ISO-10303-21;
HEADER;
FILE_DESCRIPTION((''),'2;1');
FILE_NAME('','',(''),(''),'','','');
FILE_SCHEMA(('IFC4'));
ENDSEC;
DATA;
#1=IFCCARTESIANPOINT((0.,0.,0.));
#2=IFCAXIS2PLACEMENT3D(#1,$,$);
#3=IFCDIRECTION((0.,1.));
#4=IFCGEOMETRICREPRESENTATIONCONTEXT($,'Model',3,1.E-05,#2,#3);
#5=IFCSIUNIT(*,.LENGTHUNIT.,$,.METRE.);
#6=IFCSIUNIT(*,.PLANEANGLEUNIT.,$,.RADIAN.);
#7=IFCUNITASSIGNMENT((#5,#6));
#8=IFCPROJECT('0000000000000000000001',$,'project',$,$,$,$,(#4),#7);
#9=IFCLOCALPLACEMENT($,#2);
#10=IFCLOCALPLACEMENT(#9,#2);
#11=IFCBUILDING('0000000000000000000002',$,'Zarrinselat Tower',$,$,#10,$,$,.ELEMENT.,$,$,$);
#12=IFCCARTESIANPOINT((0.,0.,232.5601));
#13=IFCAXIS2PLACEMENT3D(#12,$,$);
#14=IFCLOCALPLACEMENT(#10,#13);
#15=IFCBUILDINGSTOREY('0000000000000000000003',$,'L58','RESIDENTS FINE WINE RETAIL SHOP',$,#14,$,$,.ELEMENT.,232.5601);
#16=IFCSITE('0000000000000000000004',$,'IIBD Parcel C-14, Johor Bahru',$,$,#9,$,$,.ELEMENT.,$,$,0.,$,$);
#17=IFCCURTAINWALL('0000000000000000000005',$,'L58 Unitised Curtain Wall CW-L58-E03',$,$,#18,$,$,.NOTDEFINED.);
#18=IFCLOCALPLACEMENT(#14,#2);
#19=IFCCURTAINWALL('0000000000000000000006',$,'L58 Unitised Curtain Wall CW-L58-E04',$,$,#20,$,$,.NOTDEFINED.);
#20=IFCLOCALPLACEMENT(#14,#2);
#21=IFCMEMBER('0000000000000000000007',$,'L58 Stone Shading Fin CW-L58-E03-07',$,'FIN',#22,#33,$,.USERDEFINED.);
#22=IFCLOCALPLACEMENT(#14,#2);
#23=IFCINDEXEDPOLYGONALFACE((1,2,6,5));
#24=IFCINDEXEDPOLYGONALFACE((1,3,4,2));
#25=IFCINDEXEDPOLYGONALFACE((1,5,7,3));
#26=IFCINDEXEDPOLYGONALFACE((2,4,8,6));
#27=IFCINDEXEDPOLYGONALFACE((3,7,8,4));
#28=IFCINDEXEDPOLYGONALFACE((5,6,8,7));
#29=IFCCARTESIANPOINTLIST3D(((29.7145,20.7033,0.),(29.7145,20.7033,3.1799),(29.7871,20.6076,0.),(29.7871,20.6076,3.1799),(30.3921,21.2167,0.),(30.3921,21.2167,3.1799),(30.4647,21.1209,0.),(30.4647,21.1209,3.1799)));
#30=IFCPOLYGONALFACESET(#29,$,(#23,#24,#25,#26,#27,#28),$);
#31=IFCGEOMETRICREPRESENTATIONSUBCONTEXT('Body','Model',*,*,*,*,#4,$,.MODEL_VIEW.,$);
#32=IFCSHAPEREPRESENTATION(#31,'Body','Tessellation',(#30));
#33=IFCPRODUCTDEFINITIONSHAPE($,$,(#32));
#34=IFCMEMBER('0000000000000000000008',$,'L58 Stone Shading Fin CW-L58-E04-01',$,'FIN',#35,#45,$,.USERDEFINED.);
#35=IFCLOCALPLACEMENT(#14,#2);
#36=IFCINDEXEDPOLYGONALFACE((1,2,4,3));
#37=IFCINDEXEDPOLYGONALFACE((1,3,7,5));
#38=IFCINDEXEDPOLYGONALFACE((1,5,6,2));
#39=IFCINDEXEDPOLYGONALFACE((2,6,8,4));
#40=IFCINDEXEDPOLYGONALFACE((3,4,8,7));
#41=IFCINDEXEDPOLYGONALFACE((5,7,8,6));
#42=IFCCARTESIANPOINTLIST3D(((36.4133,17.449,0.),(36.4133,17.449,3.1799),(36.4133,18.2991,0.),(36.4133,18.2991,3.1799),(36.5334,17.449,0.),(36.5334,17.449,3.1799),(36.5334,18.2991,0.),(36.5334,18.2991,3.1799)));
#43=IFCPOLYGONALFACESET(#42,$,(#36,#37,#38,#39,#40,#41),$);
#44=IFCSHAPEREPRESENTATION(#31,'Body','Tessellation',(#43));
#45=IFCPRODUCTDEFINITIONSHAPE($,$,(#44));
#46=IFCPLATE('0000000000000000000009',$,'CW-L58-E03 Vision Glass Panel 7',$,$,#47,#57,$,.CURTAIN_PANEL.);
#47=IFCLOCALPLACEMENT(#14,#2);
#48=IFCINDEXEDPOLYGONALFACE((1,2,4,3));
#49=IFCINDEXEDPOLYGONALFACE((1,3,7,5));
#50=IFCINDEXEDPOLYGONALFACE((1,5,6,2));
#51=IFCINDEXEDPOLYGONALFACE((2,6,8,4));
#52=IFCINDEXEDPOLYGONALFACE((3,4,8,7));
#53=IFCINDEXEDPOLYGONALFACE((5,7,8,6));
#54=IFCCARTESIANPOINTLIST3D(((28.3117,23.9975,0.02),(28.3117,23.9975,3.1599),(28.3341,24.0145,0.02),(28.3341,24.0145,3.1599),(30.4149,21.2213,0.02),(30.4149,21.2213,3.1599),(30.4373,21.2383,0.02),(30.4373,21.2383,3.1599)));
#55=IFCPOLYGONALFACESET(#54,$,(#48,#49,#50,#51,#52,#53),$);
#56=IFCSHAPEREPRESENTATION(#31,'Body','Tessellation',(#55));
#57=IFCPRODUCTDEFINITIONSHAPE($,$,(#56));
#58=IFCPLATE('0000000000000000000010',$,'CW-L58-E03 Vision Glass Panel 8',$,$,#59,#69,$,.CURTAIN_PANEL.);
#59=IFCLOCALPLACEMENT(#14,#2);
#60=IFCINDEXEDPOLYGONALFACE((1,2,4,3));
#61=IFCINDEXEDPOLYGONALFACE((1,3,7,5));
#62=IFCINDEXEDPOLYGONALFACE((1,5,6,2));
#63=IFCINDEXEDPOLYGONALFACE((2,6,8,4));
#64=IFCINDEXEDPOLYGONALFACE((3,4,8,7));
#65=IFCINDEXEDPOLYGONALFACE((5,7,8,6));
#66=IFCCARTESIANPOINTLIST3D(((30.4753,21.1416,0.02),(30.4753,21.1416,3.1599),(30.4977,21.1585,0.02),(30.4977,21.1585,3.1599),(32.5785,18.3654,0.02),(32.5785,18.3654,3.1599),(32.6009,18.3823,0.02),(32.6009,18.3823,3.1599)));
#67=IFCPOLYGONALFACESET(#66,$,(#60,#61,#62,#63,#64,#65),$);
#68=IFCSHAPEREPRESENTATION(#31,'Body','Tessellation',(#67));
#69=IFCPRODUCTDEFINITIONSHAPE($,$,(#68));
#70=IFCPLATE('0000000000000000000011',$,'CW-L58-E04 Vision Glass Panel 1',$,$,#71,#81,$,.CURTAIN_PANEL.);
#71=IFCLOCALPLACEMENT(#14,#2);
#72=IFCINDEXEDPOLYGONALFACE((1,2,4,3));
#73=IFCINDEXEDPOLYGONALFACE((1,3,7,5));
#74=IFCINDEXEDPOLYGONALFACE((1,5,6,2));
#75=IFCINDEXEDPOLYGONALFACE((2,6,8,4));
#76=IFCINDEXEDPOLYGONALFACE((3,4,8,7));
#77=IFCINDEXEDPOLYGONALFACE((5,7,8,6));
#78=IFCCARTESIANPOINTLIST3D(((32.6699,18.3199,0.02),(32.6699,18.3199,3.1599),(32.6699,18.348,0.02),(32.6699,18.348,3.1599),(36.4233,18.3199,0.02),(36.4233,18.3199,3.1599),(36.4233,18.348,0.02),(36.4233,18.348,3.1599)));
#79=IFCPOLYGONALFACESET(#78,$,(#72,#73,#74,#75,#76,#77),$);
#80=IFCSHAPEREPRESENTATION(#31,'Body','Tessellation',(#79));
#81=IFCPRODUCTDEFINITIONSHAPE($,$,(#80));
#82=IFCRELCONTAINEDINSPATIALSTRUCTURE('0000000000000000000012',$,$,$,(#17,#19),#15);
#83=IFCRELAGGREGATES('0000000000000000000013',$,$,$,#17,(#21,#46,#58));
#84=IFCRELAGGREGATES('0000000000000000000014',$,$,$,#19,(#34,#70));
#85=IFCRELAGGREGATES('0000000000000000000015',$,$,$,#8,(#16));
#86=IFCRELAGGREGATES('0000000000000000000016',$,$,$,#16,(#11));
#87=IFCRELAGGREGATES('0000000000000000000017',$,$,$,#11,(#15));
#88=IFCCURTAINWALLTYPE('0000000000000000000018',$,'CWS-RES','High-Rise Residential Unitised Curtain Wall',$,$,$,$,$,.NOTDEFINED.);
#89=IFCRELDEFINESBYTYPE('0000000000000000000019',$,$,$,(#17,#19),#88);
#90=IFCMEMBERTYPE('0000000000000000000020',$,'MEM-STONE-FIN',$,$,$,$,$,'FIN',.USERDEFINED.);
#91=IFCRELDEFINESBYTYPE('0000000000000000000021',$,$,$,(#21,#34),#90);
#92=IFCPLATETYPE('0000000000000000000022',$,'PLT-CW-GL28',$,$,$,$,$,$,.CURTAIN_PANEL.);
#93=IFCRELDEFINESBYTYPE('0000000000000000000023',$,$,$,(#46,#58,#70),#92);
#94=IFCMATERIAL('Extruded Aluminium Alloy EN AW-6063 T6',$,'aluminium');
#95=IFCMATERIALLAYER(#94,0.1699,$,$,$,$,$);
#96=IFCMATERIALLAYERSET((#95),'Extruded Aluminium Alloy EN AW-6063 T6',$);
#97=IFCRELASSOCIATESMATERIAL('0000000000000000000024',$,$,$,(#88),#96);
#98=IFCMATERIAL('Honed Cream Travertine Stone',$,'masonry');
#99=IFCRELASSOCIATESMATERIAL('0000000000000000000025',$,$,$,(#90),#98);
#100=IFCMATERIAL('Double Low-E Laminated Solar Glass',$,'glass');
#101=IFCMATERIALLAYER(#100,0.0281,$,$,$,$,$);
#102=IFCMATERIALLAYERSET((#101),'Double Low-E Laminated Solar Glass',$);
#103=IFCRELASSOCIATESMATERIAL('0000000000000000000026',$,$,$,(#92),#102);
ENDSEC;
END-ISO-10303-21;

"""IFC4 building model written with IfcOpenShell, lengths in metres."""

from ifc_helpers import new_model, si_unit, direction, frame, origin, origin_2d, place, context, subcontext, project, spatial, rectangle, extrude, material, layer, layer_set, material_profile, profile_set, type_object, element, aggregate, save


model = new_model("IFC4")

# Units and contexts
model_context = context("Model", 3, precision=1e-05, world=origin(), true_north=direction((0.0, 1.0)))
body_context = subcontext(model_context, "Body", "Model", "MODEL_VIEW")
ifc_project = project(units=[si_unit("LENGTHUNIT", "METRE"), si_unit("PLANEANGLEUNIT", "RADIAN")], contexts=[model_context])

# Site, building, storey
site_placement = place(None, origin())
site = spatial("IfcSite", under=ifc_project, at=site_placement, Name="IIBD Parcel C-14, Johor Bahru", CompositionType="ELEMENT", RefElevation=0.0)
building_placement = place(site_placement, origin())
building = spatial("IfcBuilding", under=site, at=building_placement, Name="Zarrinselat Tower", CompositionType="ELEMENT")
storey_placement = place(building_placement, frame((0.0, 0.0, 232.5601)))
storey = spatial("IfcBuildingStorey", under=building, at=storey_placement, Name="L58", Description="RESIDENTS FINE WINE RETAIL SHOP", CompositionType="ELEMENT", Elevation=232.5601)

# Curtain walls
ifc_material_1 = material(Name="Extruded Aluminium Alloy EN AW-6063 T6", Category="aluminium")
ifc_layer_1 = layer(ifc_material_1, 0.1699)
ifc_layer_set_1 = layer_set([ifc_layer_1], Name="Extruded Aluminium Alloy EN AW-6063 T6")
curtain_wall_type = type_object("IfcCurtainWallType", Name="CWS-RES", Description="High-Rise Residential Unitised Curtain Wall", PredefinedType="NOTDEFINED", material=ifc_layer_set_1)
curtain_wall_1_placement = place(storey_placement, origin())
curtain_wall_1 = element("IfcCurtainWall", 1, at=curtain_wall_1_placement, inside=storey, type_object=curtain_wall_type, Name="L58 Unitised Curtain Wall CW-L58-E03", PredefinedType="NOTDEFINED")
curtain_wall_2_placement = place(storey_placement, origin())
curtain_wall_2 = element("IfcCurtainWall", 2, at=curtain_wall_2_placement, inside=storey, type_object=curtain_wall_type, Name="L58 Unitised Curtain Wall CW-L58-E04", PredefinedType="NOTDEFINED")

# Members
ifc_material_2 = material(Name="Honed Cream Travertine Stone", Category="masonry")
ifc_material_profile_1 = material_profile(ifc_material_2, rectangle(XDim=0.1201, YDim=0.8501, at=origin_2d()), Name="FIN 850x120")
ifc_profile_set_1 = profile_set([ifc_material_profile_1], Name="Honed Cream Travertine Stone")
member_type_1 = type_object("IfcMemberType", Name="MEM-STONE-FIN", ElementType="FIN", PredefinedType="USERDEFINED", material=ifc_profile_set_1)
member_1_placement = place(storey_placement, frame((30.0896, 20.9121, 0.0), z_axis=(0.0, 0.0, 1.0), x_axis=(-0.603857, 0.797092, 0.0)))
member_1 = element("IfcMember", 3, at=member_1_placement, type_object=member_type_1, Name="L58 Stone Shading Fin CW-L58-E03-07", ObjectType="FIN", PredefinedType="USERDEFINED", context=body_context, shape_type="SweptSolid", body=[
    extrude(rectangle(XDim=0.1201, YDim=0.8501, at=origin_2d()), origin(), (0.0, 0.0, 1.0), 3.1799),
])
member_2_placement = place(storey_placement, frame((36.4734, 17.874, 0.0), z_axis=(0.0, 0.0, 1.0), x_axis=(-1.0, 0.0, 0.0)))
member_2 = element("IfcMember", 4, at=member_2_placement, type_object=member_type_1, Name="L58 Stone Shading Fin CW-L58-E04-01", ObjectType="FIN", PredefinedType="USERDEFINED", context=body_context, shape_type="SweptSolid", body=[
    extrude(rectangle(XDim=0.1201, YDim=0.8501, at=origin_2d()), origin(), (0.0, 0.0, 1.0), 3.1799),
])

# Plates
ifc_material_3 = material(Name="Double Low-E Laminated Solar Glass", Category="glass")
ifc_layer_2 = layer(ifc_material_3, 0.0281)
ifc_layer_set_2 = layer_set([ifc_layer_2], Name="Double Low-E Laminated Solar Glass")
plate_type = type_object("IfcPlateType", Name="PLT-CW-GL28", PredefinedType="CURTAIN_PANEL", material=ifc_layer_set_2)
plate_1_placement = place(storey_placement, frame((29.3745, 22.6179, 0.02), z_axis=(0.0, 0.0, 1.0), x_axis=(0.603857, -0.797092, 0.0)))
plate_1 = element("IfcPlate", 5, at=plate_1_placement, type_object=plate_type, Name="CW-L58-E03 Vision Glass Panel 7", PredefinedType="CURTAIN_PANEL", context=body_context, shape_type="SweptSolid", body=[
    extrude(rectangle(XDim=3.4829, YDim=0.0281, at=origin_2d()), origin(), (0.0, 0.0, 1.0), 3.1399),
])
plate_2_placement = place(storey_placement, frame((31.5381, 19.762, 0.02), z_axis=(0.0, 0.0, 1.0), x_axis=(0.603857, -0.797092, 0.0)))
plate_2 = element("IfcPlate", 6, at=plate_2_placement, type_object=plate_type, Name="CW-L58-E03 Vision Glass Panel 8", PredefinedType="CURTAIN_PANEL", context=body_context, shape_type="SweptSolid", body=[
    extrude(rectangle(XDim=3.4829, YDim=0.0281, at=origin_2d()), origin(), (0.0, 0.0, 1.0), 3.1399),
])
aggregate(curtain_wall_1, [member_1, plate_1, plate_2])
plate_3_placement = place(storey_placement, frame((34.5466, 18.334, 0.02), z_axis=(0.0, 0.0, 1.0), x_axis=(1.0, 0.0, 0.0)))
plate_3 = element("IfcPlate", 7, at=plate_3_placement, type_object=plate_type, Name="CW-L58-E04 Vision Glass Panel 1", PredefinedType="CURTAIN_PANEL", context=body_context, shape_type="SweptSolid", body=[
    extrude(rectangle(XDim=3.7534, YDim=0.0281, at=origin_2d()), origin(), (0.0, 0.0, 1.0), 3.1399),
])
aggregate(curtain_wall_2, [member_2, plate_3])

save(model, "model.ifc")
